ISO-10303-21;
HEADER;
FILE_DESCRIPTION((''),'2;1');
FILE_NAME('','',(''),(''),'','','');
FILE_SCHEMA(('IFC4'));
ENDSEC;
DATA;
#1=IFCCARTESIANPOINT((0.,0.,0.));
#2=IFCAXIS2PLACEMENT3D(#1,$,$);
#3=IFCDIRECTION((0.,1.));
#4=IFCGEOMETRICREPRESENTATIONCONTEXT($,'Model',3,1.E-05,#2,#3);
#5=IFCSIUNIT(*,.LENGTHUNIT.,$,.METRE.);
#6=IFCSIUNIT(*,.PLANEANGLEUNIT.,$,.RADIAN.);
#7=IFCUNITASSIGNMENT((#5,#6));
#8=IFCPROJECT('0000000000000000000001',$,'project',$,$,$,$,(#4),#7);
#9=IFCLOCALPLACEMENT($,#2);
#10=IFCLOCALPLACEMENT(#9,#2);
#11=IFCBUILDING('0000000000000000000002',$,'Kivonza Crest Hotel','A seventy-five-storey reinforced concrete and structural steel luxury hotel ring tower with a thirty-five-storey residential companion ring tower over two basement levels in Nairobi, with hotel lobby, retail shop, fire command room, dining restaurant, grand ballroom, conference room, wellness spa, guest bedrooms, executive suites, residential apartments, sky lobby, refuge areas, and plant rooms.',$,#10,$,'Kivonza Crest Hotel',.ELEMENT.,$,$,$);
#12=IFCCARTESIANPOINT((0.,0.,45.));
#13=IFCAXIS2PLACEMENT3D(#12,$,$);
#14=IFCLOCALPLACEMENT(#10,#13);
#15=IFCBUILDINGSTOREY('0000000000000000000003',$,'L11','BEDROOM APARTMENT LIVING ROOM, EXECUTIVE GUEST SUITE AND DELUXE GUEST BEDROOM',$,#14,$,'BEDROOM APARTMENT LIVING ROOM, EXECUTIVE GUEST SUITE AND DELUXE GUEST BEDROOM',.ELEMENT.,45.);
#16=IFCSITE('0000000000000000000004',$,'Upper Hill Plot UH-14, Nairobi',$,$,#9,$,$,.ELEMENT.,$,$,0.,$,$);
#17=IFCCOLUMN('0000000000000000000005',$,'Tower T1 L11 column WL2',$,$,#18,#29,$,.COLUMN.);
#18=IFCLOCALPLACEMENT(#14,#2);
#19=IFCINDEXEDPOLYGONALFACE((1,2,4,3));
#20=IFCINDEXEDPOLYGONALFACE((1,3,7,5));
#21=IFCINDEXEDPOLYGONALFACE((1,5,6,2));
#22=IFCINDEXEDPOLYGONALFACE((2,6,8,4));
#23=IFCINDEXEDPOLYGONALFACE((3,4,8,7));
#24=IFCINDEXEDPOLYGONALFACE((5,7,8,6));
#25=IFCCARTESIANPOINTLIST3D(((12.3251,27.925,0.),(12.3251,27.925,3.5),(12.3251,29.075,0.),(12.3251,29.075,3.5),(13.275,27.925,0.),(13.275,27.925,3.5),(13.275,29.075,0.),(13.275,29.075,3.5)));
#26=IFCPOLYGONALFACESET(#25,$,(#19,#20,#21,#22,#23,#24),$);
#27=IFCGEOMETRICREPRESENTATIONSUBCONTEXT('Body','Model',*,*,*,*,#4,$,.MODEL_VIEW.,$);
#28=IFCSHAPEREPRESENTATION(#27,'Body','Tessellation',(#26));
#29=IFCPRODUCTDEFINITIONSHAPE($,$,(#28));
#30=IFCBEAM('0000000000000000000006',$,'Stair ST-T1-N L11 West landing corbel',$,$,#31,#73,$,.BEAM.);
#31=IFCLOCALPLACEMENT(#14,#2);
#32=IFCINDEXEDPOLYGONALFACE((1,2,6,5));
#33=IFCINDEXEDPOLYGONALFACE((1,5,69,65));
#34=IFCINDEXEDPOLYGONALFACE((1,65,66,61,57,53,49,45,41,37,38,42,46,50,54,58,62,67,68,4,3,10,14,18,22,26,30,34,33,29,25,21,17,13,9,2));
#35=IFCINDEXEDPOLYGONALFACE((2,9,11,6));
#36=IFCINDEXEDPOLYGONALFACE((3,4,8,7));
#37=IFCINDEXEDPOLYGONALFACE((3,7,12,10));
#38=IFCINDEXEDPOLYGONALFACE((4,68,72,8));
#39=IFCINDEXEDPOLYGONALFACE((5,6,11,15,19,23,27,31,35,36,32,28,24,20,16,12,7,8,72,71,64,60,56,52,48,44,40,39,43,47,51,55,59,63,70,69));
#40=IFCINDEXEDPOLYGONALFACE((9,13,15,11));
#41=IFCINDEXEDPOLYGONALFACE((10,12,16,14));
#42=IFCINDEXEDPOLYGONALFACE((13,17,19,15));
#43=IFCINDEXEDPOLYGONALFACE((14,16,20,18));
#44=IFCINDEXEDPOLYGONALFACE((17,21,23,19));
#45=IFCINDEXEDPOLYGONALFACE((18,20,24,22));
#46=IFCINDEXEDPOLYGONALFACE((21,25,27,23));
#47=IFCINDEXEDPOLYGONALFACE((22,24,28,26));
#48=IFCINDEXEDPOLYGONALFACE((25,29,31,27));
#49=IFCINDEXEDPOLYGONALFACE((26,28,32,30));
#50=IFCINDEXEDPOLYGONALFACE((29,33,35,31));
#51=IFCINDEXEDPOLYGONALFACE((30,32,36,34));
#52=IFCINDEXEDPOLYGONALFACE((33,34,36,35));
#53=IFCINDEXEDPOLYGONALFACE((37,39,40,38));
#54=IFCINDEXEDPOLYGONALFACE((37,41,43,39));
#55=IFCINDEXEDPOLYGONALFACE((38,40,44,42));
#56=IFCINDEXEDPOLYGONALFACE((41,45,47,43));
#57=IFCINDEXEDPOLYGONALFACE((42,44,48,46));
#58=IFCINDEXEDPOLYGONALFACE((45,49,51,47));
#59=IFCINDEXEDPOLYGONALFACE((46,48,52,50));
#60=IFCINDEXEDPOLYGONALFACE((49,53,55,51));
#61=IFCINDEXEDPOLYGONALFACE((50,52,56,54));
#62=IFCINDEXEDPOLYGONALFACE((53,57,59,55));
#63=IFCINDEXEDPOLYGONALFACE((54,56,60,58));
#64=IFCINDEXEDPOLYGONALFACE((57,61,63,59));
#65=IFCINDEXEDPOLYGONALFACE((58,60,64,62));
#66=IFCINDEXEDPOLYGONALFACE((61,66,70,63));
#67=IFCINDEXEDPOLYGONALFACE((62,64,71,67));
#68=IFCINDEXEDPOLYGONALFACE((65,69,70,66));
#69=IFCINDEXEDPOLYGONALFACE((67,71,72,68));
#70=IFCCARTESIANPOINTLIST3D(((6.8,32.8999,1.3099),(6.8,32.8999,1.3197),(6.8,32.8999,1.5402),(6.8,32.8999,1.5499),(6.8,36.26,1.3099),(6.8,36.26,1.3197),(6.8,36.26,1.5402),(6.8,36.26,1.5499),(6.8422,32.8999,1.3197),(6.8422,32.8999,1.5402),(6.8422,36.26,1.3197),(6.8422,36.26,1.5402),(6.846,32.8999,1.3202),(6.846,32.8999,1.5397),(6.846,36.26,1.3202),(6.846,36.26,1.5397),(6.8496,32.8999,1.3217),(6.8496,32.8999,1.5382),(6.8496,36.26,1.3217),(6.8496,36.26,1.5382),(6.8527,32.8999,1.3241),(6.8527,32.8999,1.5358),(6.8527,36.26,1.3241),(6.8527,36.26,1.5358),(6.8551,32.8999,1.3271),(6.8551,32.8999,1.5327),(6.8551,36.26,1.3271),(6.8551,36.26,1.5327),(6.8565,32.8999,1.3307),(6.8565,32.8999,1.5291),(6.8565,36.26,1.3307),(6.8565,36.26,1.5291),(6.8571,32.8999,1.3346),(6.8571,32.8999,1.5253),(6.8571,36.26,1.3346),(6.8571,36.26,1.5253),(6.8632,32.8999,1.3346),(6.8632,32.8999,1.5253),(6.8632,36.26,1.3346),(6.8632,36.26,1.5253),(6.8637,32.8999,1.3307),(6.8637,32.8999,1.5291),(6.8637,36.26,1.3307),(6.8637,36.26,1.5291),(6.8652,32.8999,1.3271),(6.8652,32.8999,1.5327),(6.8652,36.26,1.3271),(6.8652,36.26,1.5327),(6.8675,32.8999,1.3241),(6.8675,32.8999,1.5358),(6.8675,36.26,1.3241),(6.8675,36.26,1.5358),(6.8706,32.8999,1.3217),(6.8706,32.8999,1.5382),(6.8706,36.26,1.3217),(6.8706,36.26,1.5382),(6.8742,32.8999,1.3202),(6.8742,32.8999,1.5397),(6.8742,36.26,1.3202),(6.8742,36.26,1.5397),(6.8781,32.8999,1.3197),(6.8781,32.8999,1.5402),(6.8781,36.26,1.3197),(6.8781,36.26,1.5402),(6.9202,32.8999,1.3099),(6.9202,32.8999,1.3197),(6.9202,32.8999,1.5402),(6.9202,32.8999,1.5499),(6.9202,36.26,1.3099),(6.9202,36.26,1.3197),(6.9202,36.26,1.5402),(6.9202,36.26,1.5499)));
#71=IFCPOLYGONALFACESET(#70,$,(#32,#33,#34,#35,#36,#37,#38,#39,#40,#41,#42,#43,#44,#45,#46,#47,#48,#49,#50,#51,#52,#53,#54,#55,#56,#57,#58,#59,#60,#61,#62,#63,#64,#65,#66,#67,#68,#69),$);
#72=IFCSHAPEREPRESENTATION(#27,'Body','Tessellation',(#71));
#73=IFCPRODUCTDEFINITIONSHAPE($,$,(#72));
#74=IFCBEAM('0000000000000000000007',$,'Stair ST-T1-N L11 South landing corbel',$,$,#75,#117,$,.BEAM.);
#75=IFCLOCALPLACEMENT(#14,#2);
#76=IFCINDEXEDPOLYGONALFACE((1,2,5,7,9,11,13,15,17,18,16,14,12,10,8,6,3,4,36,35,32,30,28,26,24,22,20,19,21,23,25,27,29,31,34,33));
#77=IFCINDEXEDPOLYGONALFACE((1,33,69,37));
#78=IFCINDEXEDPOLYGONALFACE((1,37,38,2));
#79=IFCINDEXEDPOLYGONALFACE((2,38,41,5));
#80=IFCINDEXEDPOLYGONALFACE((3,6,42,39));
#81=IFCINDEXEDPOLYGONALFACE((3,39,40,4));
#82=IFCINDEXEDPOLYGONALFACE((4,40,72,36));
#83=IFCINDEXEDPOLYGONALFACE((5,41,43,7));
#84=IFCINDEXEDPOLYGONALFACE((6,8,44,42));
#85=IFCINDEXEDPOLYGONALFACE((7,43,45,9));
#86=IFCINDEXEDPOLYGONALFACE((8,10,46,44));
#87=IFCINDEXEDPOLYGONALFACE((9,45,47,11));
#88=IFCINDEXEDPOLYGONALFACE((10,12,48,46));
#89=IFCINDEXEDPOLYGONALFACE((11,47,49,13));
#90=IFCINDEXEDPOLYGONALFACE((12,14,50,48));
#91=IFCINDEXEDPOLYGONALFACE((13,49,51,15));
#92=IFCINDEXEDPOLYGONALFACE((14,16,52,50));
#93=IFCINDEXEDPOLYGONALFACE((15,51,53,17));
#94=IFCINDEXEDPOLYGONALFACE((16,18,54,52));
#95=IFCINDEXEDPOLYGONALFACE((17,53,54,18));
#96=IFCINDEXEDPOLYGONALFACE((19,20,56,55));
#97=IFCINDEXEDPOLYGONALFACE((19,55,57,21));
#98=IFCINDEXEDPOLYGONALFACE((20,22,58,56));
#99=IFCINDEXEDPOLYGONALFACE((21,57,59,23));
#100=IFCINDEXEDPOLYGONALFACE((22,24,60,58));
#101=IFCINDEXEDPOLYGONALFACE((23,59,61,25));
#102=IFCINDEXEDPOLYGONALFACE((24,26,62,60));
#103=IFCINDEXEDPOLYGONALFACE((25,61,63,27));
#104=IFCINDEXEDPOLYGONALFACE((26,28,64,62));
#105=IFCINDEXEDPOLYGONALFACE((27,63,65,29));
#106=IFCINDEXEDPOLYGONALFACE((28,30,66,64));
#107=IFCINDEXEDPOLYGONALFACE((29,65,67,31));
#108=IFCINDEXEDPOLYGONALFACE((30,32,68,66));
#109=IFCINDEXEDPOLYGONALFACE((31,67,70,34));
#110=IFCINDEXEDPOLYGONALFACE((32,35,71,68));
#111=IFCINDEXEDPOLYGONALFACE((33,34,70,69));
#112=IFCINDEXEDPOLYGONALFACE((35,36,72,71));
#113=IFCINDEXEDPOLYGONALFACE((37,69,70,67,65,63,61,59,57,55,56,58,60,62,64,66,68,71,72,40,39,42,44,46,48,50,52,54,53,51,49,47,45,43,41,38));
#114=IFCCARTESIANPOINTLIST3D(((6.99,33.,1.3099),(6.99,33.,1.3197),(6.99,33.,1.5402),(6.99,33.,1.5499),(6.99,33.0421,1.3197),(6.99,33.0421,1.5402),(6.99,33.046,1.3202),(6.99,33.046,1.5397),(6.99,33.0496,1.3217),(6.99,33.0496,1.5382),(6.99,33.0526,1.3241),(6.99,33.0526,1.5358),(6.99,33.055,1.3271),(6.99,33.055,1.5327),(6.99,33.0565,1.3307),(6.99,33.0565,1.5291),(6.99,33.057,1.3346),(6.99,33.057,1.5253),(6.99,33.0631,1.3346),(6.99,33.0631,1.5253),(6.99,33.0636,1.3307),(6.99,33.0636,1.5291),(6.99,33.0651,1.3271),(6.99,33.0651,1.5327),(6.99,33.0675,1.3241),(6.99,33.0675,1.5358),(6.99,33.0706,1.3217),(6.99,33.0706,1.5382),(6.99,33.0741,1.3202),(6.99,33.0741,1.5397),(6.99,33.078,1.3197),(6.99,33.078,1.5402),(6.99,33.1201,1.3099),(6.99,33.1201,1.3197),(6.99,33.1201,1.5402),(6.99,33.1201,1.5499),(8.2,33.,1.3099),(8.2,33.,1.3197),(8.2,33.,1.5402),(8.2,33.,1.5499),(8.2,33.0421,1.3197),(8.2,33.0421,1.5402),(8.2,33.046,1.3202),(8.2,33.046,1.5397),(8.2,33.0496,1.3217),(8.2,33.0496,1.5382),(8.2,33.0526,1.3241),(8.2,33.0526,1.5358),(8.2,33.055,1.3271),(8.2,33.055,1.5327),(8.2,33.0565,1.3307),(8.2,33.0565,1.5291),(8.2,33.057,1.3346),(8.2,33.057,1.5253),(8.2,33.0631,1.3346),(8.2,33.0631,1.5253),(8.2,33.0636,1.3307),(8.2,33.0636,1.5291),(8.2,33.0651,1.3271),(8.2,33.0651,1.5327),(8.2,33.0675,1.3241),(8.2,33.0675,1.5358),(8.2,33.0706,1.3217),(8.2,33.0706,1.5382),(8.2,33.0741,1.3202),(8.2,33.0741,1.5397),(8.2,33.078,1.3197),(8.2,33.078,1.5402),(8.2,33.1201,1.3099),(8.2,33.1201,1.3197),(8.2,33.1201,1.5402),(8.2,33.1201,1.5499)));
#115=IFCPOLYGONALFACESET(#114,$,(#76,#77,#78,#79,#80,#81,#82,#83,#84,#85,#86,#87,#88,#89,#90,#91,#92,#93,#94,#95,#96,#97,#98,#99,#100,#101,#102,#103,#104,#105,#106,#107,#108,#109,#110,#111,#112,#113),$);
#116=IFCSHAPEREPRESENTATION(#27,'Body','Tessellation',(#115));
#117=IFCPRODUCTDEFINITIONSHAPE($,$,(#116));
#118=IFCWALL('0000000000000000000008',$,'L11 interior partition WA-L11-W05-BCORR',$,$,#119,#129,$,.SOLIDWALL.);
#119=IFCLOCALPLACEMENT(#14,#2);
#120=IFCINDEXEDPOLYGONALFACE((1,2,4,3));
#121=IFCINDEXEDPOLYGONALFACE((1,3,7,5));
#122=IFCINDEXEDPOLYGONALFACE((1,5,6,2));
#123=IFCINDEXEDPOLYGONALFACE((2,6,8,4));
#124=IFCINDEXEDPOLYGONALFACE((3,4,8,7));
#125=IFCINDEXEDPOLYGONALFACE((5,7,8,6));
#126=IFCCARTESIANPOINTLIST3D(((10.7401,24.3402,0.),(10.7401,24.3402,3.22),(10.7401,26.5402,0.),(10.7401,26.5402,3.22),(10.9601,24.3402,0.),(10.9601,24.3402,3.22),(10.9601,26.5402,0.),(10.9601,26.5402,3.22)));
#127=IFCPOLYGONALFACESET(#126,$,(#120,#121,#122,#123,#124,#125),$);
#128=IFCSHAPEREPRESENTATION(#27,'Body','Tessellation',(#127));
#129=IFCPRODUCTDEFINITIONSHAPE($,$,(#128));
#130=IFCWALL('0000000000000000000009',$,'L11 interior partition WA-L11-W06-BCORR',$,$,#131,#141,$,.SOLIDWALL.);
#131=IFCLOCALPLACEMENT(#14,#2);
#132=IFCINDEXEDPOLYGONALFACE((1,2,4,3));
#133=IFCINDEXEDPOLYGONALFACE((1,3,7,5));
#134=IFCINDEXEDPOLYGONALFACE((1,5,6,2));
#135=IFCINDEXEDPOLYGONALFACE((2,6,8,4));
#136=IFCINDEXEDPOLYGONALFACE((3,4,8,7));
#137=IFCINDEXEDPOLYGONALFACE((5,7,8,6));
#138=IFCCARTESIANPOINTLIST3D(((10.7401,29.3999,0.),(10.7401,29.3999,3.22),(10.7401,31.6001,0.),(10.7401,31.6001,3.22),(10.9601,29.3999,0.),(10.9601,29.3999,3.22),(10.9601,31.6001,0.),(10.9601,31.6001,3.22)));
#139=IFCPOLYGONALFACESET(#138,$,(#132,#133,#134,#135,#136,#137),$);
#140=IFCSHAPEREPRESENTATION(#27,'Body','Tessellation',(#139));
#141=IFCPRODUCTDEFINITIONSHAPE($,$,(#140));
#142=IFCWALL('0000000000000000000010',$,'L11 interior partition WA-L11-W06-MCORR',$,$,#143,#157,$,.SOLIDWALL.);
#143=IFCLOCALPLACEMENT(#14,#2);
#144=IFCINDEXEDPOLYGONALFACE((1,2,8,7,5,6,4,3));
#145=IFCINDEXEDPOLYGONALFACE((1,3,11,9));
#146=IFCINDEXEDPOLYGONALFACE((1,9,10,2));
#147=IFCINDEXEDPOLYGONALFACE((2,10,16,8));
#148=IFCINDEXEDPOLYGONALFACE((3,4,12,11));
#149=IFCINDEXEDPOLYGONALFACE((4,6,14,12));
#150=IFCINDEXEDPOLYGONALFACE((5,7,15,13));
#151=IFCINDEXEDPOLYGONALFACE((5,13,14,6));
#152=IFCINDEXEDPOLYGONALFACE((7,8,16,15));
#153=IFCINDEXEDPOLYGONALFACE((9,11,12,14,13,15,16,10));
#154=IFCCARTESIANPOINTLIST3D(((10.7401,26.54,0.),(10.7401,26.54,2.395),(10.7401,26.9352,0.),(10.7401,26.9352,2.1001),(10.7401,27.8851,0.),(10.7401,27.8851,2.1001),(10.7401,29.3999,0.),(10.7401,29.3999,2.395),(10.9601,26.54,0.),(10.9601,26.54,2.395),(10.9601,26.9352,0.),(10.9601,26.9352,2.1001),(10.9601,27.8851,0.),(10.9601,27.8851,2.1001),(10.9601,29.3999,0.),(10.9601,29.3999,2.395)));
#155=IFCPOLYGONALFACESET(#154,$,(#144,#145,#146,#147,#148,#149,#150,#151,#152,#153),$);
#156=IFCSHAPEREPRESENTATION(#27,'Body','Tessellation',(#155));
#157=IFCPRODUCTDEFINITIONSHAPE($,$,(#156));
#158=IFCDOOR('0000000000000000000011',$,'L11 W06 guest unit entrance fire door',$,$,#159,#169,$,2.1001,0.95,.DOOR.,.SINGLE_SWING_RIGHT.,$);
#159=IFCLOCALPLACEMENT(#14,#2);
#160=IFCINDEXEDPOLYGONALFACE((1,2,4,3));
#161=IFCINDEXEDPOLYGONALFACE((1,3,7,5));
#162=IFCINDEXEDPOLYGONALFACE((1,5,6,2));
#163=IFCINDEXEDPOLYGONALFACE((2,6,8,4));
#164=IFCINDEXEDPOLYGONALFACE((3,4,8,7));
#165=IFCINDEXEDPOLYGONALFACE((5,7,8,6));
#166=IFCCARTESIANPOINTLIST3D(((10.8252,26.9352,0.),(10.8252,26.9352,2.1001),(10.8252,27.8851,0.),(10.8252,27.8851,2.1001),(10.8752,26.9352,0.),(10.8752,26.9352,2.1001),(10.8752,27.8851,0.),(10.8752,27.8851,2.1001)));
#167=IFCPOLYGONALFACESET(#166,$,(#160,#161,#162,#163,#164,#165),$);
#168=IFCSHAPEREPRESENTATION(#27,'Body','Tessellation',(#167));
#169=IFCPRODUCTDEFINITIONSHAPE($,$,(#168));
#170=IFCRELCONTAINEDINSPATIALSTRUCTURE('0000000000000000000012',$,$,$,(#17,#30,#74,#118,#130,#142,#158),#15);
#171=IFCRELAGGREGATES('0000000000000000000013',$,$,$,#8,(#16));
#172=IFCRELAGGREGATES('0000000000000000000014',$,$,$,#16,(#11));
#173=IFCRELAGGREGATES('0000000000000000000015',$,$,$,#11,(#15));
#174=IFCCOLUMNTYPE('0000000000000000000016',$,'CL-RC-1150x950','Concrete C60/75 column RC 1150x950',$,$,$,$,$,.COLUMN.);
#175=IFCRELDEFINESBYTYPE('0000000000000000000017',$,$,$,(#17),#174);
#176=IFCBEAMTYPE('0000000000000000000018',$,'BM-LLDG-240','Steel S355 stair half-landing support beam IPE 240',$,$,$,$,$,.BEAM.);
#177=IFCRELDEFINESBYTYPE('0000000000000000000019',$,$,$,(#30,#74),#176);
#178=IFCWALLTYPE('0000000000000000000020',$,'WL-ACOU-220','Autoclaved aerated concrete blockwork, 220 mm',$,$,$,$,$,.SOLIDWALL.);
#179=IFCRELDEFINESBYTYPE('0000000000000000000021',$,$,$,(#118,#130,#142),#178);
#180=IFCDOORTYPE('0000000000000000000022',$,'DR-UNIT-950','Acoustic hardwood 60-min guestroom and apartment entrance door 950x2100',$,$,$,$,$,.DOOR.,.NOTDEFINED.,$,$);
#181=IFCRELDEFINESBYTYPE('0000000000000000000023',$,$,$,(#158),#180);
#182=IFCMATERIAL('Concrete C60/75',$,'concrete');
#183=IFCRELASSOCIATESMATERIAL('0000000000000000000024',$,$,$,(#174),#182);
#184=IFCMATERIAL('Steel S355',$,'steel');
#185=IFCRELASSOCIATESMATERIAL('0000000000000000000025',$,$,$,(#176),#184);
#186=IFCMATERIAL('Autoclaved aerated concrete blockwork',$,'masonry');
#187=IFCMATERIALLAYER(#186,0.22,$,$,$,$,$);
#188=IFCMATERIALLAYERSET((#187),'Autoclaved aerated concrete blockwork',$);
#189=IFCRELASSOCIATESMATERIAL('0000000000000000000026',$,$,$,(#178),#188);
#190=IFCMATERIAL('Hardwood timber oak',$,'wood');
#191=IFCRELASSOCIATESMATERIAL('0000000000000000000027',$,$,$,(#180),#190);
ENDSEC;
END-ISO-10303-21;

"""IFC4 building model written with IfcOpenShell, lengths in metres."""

from ifc_helpers import new_model, si_unit, direction, frame, frame_2d, origin, origin_2d, place, context, subcontext, project, spatial, rectangle, i_section, extrude, material, layer, layer_set, material_profile, profile_set, type_object, element, fill, save


model = new_model("IFC4")

# Units and contexts
model_context = context("Model", 3, precision=1e-05, world=origin(), true_north=direction((0.0, 1.0)))
body_context = subcontext(model_context, "Body", "Model", "MODEL_VIEW")
ifc_project = project(units=[si_unit("LENGTHUNIT", "METRE"), si_unit("PLANEANGLEUNIT", "RADIAN")], contexts=[model_context])

# Site, building, storey
site_placement = place(None, origin())
site = spatial("IfcSite", under=ifc_project, at=site_placement, Name="Upper Hill Plot UH-14, Nairobi", CompositionType="ELEMENT", RefElevation=0.0)
building_placement = place(site_placement, origin())
building = spatial("IfcBuilding", under=site, at=building_placement, Name="Kivonza Crest Hotel", Description="A seventy-five-storey reinforced concrete and structural steel luxury hotel ring tower with a thirty-five-storey residential companion ring tower over two basement levels in Nairobi, with hotel lobby, retail shop, fire command room, dining restaurant, grand ballroom, conference room, wellness spa, guest bedrooms, executive suites, residential apartments, sky lobby, refuge areas, and plant rooms.", LongName="Kivonza Crest Hotel", CompositionType="ELEMENT")
storey_placement = place(building_placement, frame((0.0, 0.0, 45.0)))
storey = spatial("IfcBuildingStorey", under=building, at=storey_placement, Name="L11", Description="BEDROOM APARTMENT LIVING ROOM, EXECUTIVE GUEST SUITE AND DELUXE GUEST BEDROOM", LongName="BEDROOM APARTMENT LIVING ROOM, EXECUTIVE GUEST SUITE AND DELUXE GUEST BEDROOM", CompositionType="ELEMENT", Elevation=45.0)

# Column
ifc_material_1 = material(Name="Concrete C60/75", Category="concrete")
ifc_material_profile_1 = material_profile(ifc_material_1, rectangle(XDim=0.95, YDim=1.1499, at=origin_2d()), Name="RC 1150x950")
ifc_profile_set_1 = profile_set([ifc_material_profile_1], Name="Concrete C60/75")
column_type = type_object("IfcColumnType", Name="CL-RC-1150x950", Description="Concrete C60/75 column RC 1150x950", PredefinedType="COLUMN", material=ifc_profile_set_1)
column_placement = place(storey_placement, frame((12.8, 28.5, 0.0), z_axis=(0.0, 0.0, 1.0), x_axis=(1.0, 0.0, 0.0)))
element("IfcColumn", 1, at=column_placement, inside=storey, type_object=column_type, Name="Tower T1 L11 column WL2", PredefinedType="COLUMN", context=body_context, shape_type="SweptSolid", body=[
    extrude(rectangle(XDim=0.95, YDim=1.1499, at=origin_2d()), origin(), (0.0, 0.0, 1.0), 3.5),
])

# Beams
ifc_material_2 = material(Name="Steel S355", Category="steel")
ifc_material_profile_2 = material_profile(ifc_material_2, i_section(OverallWidth=0.1201, OverallDepth=0.24, WebThickness=0.0061, FlangeThickness=0.0098, FilletRadius=0.0149, at=origin_2d()), Name="IPE 240")
ifc_profile_set_2 = profile_set([ifc_material_profile_2], Name="Steel S355")
beam_type = type_object("IfcBeamType", Name="BM-LLDG-240", Description="Steel S355 stair half-landing support beam IPE 240", PredefinedType="BEAM", material=ifc_profile_set_2)
beam_1_placement = place(storey_placement, frame((6.8601, 32.8999, 1.4299), z_axis=(0.0, 1.0, 0.0), x_axis=(-1.0, 0.0, 0.0)))
element("IfcBeam", 2, at=beam_1_placement, inside=storey, type_object=beam_type, Name="Stair ST-T1-N L11 West landing corbel", PredefinedType="BEAM", context=body_context, shape_type="SweptSolid", body=[
    extrude(i_section(OverallWidth=0.1201, OverallDepth=0.24, WebThickness=0.0061, FlangeThickness=0.0098, FilletRadius=0.0149, at=origin_2d()), origin(), (0.0, 0.0, 1.0), 3.3601),
])
beam_2_placement = place(storey_placement, frame((6.99, 33.0601, 1.4299), z_axis=(1.0, 0.0, 0.0), x_axis=(0.0, 1.0, 0.0)))
element("IfcBeam", 3, at=beam_2_placement, inside=storey, type_object=beam_type, Name="Stair ST-T1-N L11 South landing corbel", PredefinedType="BEAM", context=body_context, shape_type="SweptSolid", body=[
    extrude(i_section(OverallWidth=0.1201, OverallDepth=0.24, WebThickness=0.0061, FlangeThickness=0.0098, FilletRadius=0.0149, at=origin_2d()), origin(), (0.0, 0.0, 1.0), 1.21),
])

# Walls
ifc_material_3 = material(Name="Autoclaved aerated concrete blockwork", Category="masonry")
ifc_layer_1 = layer(ifc_material_3, 0.22)
ifc_layer_set_1 = layer_set([ifc_layer_1], Name="Autoclaved aerated concrete blockwork")
wall_type_1 = type_object("IfcWallType", Name="WL-ACOU-220", Description="Autoclaved aerated concrete blockwork, 220 mm", PredefinedType="SOLIDWALL", material=ifc_layer_set_1)
wall_1_placement = place(storey_placement, frame((10.8501, 24.3401, 0.0), z_axis=(0.0, 0.0, 1.0), x_axis=(0.0, 1.0, 0.0)))
element("IfcWall", 4, at=wall_1_placement, inside=storey, type_object=wall_type_1, Name="L11 interior partition WA-L11-W05-BCORR", PredefinedType="SOLIDWALL", context=body_context, shape_type="SweptSolid", body=[
    extrude(rectangle(XDim=2.2, YDim=0.22, at=frame_2d((1.1001, 0.0))), origin(), (0.0, 0.0, 1.0), 3.22),
])
wall_2_placement = place(storey_placement, frame((10.8501, 29.3999, 0.0), z_axis=(0.0, 0.0, 1.0), x_axis=(0.0, 1.0, 0.0)))
element("IfcWall", 5, at=wall_2_placement, inside=storey, type_object=wall_type_1, Name="L11 interior partition WA-L11-W06-BCORR", PredefinedType="SOLIDWALL", context=body_context, shape_type="SweptSolid", body=[
    extrude(rectangle(XDim=2.2002, YDim=0.22, at=frame_2d((1.1001, 0.0))), origin(), (0.0, 0.0, 1.0), 3.22),
])

# Wall, opening, door
wall_3_placement = place(storey_placement, frame((10.8501, 26.54, 0.0), z_axis=(0.0, 0.0, 1.0), x_axis=(0.0, 1.0, 0.0)))
wall_3 = element("IfcWall", 6, at=wall_3_placement, inside=storey, type_object=wall_type_1, Name="L11 interior partition WA-L11-W06-MCORR", PredefinedType="SOLIDWALL", context=body_context, shape_type="SweptSolid", body=[
    extrude(rectangle(XDim=2.8599, YDim=0.22, at=frame_2d((1.4299, 0.0))), origin(), (0.0, 0.0, 1.0), 2.395),
])
opening_1_placement = place(wall_3_placement, frame((0.395, 0.0, 0.0)))
opening_1 = element("IfcOpeningElement", 7, at=opening_1_placement, cuts=wall_3, PredefinedType="OPENING", context=body_context, shape_type="SweptSolid", body=[
    extrude(rectangle(XDim=0.95, YDim=2.1001, at=frame_2d((0.4751, 1.05))), frame((0.0, 0.1201, 0.0), z_axis=(0.0, -1.0, 0.0), x_axis=(1.0, 0.0, 0.0)), (0.0, 0.0, 1.0), 0.24),
])
ifc_material_4 = material(Name="Hardwood timber oak", Category="wood")
door_type_1 = type_object("IfcDoorType", Name="DR-UNIT-950", Description="Acoustic hardwood 60-min guestroom and apartment entrance door 950x2100", OperationType="NOTDEFINED", PredefinedType="DOOR", material=ifc_material_4)
door_1_placement = place(opening_1_placement, origin())
door_1 = element("IfcDoor", 8, at=door_1_placement, inside=storey, type_object=door_type_1, Name="L11 W06 guest unit entrance fire door", OperationType="SINGLE_SWING_RIGHT", OverallHeight=2.1001, OverallWidth=0.95, PredefinedType="DOOR", context=body_context, shape_type="SweptSolid", body=[
    extrude(rectangle(XDim=0.95, YDim=2.1001, at=frame_2d((0.4751, 1.05))), frame((0.0, 0.0249, 0.0), z_axis=(0.0, -1.0, 0.0), x_axis=(1.0, 0.0, 0.0)), (0.0, 0.0, 1.0), 0.05),
])
fill(opening_1, door_1)

save(model, "model.ifc")
